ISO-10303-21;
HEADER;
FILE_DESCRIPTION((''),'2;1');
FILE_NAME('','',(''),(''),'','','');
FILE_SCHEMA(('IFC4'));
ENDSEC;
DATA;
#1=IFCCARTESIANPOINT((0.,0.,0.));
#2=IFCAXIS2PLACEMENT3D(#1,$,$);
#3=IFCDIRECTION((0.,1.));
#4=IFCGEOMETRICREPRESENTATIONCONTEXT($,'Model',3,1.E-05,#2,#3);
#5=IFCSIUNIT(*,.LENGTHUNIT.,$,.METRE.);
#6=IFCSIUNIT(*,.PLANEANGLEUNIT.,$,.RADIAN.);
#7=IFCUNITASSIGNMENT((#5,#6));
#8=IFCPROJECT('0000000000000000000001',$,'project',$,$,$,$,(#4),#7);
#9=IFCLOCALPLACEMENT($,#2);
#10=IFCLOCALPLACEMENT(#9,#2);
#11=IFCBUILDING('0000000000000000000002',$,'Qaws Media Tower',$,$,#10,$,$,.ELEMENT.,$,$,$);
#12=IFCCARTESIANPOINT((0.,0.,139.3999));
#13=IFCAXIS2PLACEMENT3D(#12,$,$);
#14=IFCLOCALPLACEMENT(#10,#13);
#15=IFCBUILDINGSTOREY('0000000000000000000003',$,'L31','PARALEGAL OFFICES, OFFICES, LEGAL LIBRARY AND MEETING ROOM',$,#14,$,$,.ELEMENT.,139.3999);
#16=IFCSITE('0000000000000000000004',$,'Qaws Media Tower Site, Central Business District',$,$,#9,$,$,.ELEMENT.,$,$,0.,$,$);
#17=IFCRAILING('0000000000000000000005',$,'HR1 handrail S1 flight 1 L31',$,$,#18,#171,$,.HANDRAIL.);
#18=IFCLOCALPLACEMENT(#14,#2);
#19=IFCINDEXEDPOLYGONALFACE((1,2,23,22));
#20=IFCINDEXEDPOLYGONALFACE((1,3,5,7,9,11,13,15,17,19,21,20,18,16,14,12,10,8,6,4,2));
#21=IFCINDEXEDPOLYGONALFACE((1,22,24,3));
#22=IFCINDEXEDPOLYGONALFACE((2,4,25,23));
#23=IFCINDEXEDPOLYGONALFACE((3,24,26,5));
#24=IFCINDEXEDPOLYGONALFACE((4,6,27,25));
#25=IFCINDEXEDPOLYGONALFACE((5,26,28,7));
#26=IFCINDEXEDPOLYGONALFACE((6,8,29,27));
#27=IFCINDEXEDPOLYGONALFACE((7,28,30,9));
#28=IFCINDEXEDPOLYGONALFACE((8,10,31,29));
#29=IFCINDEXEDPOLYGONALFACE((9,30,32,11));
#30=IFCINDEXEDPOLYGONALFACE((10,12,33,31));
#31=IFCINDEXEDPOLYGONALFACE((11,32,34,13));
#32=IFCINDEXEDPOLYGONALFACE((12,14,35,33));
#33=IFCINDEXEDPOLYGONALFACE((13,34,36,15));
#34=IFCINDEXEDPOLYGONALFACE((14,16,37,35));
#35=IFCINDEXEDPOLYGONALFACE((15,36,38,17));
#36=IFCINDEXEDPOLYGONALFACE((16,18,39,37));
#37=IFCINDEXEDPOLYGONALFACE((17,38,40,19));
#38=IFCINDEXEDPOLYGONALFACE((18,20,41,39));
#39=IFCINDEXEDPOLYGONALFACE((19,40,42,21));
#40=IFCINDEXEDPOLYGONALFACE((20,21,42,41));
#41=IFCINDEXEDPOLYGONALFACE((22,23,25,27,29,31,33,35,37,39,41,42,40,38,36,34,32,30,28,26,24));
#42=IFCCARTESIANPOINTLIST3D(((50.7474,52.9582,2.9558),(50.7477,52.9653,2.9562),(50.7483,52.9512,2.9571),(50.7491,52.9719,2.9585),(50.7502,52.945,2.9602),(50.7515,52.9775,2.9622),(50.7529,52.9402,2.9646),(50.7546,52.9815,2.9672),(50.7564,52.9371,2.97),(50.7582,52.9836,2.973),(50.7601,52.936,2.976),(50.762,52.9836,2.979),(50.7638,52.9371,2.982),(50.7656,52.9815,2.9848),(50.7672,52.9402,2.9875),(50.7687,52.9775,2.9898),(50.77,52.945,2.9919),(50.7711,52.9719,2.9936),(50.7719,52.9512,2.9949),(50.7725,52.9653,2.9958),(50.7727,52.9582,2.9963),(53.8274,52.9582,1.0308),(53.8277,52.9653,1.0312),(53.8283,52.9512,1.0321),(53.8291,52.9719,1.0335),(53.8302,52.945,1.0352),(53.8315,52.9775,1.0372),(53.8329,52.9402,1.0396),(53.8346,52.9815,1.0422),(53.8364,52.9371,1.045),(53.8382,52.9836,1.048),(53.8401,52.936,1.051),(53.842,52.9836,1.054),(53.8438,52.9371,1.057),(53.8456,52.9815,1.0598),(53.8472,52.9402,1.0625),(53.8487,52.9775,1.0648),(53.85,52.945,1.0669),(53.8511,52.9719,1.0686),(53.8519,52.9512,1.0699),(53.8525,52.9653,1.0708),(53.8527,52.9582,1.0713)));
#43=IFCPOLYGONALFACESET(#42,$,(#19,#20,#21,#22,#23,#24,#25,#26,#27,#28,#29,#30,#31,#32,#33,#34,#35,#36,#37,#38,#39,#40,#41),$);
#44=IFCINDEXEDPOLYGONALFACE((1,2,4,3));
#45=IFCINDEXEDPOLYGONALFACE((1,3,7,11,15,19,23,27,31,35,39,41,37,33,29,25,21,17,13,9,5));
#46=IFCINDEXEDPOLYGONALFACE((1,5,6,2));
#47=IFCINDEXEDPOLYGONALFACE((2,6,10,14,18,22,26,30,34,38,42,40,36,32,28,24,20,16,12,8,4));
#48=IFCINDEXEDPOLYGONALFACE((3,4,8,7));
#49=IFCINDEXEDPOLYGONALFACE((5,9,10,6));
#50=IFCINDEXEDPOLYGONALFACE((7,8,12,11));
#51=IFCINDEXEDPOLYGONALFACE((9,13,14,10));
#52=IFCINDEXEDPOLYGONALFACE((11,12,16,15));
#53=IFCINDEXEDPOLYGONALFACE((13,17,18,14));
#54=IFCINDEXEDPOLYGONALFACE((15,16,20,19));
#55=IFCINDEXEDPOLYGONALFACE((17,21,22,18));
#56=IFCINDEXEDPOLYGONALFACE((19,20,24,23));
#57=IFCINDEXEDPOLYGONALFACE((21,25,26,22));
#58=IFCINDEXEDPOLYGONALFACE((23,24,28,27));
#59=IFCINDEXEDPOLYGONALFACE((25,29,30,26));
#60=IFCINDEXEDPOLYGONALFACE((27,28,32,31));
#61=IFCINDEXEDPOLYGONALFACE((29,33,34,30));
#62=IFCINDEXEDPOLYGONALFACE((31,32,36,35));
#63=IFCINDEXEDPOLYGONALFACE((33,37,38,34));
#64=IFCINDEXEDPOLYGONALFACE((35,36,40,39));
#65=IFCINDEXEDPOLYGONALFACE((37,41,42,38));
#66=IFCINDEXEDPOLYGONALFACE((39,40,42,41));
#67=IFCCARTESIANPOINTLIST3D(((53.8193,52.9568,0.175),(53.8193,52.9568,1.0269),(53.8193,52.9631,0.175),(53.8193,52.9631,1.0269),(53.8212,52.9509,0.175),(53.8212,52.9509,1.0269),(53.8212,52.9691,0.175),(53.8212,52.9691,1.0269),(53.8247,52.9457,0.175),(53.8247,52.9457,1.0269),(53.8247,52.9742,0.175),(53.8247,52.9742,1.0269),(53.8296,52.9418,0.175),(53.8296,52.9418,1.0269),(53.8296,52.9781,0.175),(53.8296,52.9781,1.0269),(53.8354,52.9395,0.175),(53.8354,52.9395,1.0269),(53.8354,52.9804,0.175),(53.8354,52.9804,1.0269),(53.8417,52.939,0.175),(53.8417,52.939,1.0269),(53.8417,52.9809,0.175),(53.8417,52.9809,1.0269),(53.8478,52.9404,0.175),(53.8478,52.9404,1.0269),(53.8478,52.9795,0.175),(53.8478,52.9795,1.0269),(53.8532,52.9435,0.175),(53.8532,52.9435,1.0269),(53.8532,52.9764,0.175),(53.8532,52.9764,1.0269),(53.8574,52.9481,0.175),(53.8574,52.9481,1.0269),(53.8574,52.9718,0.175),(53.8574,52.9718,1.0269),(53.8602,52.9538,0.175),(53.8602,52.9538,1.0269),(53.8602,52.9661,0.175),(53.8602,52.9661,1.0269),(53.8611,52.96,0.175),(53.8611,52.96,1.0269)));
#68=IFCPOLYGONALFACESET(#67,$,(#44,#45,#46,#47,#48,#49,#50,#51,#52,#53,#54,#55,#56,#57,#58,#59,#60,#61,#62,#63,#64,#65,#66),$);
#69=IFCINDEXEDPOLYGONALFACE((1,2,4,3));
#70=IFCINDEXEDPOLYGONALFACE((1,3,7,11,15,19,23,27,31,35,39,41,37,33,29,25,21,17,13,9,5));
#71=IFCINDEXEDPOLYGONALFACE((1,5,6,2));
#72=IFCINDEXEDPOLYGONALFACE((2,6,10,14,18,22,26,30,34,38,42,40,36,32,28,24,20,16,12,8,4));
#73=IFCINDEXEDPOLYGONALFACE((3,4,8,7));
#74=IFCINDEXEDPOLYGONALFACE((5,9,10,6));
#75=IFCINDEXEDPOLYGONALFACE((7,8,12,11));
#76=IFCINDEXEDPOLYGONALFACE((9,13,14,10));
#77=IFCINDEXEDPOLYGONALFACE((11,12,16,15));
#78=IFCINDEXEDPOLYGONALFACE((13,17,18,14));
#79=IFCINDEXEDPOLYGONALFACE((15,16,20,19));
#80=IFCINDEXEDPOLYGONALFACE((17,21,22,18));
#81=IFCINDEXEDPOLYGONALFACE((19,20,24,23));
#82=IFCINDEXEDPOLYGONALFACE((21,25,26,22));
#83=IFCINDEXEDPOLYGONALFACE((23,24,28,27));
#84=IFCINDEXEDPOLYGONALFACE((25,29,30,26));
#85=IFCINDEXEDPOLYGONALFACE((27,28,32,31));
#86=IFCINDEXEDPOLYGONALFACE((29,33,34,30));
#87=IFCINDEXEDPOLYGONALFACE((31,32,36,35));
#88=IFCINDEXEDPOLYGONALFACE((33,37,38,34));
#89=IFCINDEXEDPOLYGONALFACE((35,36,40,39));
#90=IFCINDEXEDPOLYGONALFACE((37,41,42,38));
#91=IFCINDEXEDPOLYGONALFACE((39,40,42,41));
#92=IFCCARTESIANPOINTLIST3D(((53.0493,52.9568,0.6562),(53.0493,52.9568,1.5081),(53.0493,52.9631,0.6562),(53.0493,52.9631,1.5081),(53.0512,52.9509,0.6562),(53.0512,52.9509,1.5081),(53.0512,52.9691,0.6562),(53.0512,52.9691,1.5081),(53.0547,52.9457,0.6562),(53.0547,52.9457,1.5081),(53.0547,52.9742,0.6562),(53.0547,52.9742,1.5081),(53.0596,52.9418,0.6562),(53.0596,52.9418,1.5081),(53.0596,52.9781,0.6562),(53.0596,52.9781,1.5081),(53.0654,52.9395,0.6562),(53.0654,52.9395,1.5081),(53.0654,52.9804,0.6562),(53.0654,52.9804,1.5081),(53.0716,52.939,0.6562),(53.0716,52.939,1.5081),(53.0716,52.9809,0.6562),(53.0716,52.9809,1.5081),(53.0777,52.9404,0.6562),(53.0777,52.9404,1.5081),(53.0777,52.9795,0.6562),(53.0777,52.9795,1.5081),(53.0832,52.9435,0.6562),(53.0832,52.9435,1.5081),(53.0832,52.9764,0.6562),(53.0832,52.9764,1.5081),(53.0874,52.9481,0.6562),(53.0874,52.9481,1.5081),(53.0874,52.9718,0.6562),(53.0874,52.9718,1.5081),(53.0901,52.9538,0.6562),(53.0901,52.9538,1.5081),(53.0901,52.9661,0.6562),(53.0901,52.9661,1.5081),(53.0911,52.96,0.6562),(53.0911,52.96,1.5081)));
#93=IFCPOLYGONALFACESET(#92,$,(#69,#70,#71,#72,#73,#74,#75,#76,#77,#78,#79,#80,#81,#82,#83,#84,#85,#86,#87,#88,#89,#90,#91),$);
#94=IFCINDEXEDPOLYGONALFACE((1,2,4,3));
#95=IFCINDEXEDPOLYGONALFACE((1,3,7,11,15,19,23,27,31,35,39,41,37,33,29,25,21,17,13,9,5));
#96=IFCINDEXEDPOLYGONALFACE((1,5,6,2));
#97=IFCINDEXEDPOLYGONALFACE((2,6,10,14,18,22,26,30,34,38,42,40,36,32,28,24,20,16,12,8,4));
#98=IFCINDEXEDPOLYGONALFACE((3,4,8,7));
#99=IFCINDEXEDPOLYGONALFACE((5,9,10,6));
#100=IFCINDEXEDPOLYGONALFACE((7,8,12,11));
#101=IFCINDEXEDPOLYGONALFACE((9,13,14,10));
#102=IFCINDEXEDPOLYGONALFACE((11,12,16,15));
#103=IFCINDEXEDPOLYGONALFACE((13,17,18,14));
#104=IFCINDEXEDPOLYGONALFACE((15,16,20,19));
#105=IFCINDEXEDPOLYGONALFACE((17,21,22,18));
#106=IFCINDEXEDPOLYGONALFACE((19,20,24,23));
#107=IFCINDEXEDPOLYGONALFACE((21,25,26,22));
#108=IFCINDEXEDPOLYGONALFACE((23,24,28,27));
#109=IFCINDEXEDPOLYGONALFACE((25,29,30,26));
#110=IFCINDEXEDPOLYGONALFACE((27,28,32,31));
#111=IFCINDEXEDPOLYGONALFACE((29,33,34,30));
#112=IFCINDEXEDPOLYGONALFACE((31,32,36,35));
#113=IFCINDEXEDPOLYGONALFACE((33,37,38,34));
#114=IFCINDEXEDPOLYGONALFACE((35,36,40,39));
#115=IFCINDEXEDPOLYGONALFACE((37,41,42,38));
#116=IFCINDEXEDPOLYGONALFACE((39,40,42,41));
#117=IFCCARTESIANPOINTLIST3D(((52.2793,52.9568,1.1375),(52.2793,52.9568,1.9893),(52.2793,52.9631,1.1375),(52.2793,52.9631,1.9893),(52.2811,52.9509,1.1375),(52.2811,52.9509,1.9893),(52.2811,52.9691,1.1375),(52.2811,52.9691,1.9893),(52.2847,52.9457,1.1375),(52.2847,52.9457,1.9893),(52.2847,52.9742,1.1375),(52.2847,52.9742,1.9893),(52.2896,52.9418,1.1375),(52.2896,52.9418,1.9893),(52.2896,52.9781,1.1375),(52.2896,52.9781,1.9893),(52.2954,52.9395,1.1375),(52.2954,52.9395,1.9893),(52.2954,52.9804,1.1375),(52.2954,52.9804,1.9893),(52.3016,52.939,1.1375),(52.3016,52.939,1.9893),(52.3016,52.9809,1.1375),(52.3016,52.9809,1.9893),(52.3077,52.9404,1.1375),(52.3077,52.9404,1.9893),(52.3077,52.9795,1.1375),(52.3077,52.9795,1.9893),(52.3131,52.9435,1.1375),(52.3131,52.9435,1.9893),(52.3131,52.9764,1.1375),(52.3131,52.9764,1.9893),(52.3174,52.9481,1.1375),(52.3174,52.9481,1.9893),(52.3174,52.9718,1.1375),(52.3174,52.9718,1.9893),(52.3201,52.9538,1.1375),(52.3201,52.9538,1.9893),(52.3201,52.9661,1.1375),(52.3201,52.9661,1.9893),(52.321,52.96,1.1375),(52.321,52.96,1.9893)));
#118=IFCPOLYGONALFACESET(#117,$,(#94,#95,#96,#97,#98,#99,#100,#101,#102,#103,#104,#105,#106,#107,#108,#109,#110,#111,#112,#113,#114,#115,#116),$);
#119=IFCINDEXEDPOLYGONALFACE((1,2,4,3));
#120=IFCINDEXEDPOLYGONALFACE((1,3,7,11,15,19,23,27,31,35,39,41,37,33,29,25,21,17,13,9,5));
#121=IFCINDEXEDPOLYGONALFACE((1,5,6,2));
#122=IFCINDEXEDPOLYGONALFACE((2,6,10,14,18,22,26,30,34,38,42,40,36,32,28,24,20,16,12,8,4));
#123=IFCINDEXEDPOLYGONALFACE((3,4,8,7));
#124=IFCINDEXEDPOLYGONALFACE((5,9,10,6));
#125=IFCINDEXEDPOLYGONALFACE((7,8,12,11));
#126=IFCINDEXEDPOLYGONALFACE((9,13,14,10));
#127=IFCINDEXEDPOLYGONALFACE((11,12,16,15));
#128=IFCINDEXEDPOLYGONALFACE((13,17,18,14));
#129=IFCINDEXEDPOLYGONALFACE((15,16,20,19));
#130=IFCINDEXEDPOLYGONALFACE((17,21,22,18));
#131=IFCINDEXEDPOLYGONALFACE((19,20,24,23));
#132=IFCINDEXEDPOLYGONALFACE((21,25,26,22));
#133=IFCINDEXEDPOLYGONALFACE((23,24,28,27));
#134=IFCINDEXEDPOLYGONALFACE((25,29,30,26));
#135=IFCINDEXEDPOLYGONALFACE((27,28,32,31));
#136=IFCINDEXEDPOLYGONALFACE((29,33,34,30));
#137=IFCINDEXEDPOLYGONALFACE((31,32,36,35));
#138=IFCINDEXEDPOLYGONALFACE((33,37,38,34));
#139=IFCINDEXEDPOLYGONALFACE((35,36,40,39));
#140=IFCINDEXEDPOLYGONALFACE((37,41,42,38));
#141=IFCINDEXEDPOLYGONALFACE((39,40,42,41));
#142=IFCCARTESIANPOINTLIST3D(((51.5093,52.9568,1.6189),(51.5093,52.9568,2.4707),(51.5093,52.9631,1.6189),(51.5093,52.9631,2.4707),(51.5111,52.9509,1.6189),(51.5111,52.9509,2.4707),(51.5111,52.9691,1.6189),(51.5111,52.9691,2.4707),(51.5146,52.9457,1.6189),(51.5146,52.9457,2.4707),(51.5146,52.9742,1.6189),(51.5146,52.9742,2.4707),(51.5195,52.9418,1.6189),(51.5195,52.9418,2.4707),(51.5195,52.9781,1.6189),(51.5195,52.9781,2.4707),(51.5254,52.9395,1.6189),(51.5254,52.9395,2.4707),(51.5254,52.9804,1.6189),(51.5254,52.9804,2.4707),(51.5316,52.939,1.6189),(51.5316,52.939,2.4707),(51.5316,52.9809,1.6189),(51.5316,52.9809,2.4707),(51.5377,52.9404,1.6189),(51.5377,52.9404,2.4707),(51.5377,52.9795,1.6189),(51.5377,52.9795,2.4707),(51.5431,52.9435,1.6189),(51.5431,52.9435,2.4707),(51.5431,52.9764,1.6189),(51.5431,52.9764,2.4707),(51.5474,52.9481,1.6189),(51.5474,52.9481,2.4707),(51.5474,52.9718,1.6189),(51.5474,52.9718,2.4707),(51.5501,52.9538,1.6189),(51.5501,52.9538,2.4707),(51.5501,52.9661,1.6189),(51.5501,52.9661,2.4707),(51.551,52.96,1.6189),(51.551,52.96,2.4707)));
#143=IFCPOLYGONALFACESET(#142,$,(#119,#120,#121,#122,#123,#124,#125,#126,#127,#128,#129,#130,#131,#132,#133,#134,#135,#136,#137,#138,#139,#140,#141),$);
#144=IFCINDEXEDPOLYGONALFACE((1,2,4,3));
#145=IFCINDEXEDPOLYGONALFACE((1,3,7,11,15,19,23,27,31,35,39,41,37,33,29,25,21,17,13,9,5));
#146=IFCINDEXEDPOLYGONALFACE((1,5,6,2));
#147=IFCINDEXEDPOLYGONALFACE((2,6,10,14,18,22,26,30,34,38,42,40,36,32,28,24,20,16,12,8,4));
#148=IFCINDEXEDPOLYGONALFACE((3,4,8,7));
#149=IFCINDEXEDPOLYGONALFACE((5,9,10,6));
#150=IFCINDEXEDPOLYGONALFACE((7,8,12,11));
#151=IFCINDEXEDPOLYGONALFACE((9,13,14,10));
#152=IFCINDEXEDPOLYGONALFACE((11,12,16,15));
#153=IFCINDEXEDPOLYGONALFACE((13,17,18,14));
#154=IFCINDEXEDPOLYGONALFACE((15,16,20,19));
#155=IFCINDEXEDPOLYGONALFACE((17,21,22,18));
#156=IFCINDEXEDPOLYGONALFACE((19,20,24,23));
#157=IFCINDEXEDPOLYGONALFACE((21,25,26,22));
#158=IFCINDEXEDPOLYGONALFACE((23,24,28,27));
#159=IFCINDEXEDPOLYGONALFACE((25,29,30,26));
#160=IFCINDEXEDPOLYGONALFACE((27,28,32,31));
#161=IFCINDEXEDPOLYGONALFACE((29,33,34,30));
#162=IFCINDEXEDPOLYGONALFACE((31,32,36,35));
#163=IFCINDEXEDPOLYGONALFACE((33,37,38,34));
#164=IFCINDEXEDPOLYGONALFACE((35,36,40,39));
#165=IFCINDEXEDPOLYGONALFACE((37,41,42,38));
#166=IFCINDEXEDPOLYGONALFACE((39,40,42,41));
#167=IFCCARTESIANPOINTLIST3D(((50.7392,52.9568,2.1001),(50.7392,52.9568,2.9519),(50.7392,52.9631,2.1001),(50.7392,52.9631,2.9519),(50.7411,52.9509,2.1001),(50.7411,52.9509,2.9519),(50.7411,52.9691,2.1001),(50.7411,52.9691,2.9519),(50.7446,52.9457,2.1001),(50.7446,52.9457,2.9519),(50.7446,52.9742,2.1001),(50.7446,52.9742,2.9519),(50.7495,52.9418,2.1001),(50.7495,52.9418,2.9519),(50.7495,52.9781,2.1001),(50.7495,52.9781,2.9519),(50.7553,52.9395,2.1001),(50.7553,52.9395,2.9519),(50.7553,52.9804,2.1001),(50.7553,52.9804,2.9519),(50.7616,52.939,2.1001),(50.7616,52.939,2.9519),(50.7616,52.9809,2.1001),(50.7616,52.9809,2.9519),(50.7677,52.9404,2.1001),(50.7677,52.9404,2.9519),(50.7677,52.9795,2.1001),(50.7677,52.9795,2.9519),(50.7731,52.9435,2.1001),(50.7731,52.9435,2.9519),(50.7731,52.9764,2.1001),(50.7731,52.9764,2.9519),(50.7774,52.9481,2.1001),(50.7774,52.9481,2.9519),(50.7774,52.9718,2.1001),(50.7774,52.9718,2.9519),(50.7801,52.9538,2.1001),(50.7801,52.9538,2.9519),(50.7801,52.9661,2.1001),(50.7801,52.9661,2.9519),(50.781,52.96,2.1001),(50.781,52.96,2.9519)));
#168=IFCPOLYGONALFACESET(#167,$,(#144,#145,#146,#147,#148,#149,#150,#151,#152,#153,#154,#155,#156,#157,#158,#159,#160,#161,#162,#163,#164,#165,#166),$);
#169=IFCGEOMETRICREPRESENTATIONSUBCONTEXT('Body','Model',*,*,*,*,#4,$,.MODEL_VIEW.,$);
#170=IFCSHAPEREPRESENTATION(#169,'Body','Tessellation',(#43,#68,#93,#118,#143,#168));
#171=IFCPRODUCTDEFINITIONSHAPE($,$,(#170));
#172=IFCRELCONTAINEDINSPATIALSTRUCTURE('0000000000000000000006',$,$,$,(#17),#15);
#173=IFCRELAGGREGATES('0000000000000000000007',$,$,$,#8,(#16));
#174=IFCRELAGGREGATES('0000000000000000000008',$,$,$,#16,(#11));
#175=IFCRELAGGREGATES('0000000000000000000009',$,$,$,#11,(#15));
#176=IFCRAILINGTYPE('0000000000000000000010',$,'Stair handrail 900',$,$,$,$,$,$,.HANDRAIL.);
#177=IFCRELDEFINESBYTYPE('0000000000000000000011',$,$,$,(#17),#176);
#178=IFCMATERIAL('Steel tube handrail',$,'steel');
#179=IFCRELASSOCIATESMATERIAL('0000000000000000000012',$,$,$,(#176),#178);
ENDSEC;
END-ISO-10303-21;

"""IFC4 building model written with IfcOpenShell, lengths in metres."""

from ifc_helpers import new_model, si_unit, direction, frame, origin, origin_2d, place, context, subcontext, project, spatial, circle, extrude, material, type_object, element, save


model = new_model("IFC4")

# Units and contexts
model_context = context("Model", 3, precision=1e-05, world=origin(), true_north=direction((0.0, 1.0)))
body_context = subcontext(model_context, "Body", "Model", "MODEL_VIEW")
ifc_project = project(units=[si_unit("LENGTHUNIT", "METRE"), si_unit("PLANEANGLEUNIT", "RADIAN")], contexts=[model_context])

# Site, building, storey
site_placement = place(None, origin())
site = spatial("IfcSite", under=ifc_project, at=site_placement, Name="Qaws Media Tower Site, Central Business District", CompositionType="ELEMENT", RefElevation=0.0)
building_placement = place(site_placement, origin())
building = spatial("IfcBuilding", under=site, at=building_placement, Name="Qaws Media Tower", CompositionType="ELEMENT")
storey_placement = place(building_placement, frame((0.0, 0.0, 139.3999)))
storey = spatial("IfcBuildingStorey", under=building, at=storey_placement, Name="L31", Description="PARALEGAL OFFICES, OFFICES, LEGAL LIBRARY AND MEETING ROOM", CompositionType="ELEMENT", Elevation=139.3999)

# Railing
ifc_material_1 = material(Name="Steel tube handrail", Category="steel")
railing_type = type_object("IfcRailingType", Name="Stair handrail 900", PredefinedType="HANDRAIL", material=ifc_material_1)
for number, where, name in (
    (1, (53.8401, 52.96, 0.175), "HR1 handrail S1 flight 1 L31"),
):
    element("IfcRailing", number, at=place(storey_placement, frame(where)), inside=storey, type_object=railing_type, Name=name, PredefinedType="HANDRAIL", context=body_context, shape_type="SweptSolid", body=[
        extrude(circle(Radius=0.0239, at=origin_2d()), frame((0.0, 0.0, 0.876), z_axis=(-0.847998, 0.0, 0.529999), x_axis=(0.0, -1.0, 0.0)), (0.0, 0.0, 1.0), 3.6321),
        extrude(circle(Radius=0.021, at=origin_2d()), origin(), (0.0, 0.0, 1.0), 0.8518),
        extrude(circle(Radius=0.021, at=origin_2d()), frame((-0.77, 0.0, 0.4812)), (0.0, 0.0, 1.0), 0.8518),
        extrude(circle(Radius=0.021, at=origin_2d()), frame((-1.54, 0.0, 0.9624)), (0.0, 0.0, 1.0), 0.8518),
        extrude(circle(Radius=0.021, at=origin_2d()), frame((-2.3101, 0.0, 1.4438)), (0.0, 0.0, 1.0), 0.8518),
        extrude(circle(Radius=0.021, at=origin_2d()), frame((-3.0801, 0.0, 1.925)), (0.0, 0.0, 1.0), 0.8518),
    ])

save(model, "model.ifc")
